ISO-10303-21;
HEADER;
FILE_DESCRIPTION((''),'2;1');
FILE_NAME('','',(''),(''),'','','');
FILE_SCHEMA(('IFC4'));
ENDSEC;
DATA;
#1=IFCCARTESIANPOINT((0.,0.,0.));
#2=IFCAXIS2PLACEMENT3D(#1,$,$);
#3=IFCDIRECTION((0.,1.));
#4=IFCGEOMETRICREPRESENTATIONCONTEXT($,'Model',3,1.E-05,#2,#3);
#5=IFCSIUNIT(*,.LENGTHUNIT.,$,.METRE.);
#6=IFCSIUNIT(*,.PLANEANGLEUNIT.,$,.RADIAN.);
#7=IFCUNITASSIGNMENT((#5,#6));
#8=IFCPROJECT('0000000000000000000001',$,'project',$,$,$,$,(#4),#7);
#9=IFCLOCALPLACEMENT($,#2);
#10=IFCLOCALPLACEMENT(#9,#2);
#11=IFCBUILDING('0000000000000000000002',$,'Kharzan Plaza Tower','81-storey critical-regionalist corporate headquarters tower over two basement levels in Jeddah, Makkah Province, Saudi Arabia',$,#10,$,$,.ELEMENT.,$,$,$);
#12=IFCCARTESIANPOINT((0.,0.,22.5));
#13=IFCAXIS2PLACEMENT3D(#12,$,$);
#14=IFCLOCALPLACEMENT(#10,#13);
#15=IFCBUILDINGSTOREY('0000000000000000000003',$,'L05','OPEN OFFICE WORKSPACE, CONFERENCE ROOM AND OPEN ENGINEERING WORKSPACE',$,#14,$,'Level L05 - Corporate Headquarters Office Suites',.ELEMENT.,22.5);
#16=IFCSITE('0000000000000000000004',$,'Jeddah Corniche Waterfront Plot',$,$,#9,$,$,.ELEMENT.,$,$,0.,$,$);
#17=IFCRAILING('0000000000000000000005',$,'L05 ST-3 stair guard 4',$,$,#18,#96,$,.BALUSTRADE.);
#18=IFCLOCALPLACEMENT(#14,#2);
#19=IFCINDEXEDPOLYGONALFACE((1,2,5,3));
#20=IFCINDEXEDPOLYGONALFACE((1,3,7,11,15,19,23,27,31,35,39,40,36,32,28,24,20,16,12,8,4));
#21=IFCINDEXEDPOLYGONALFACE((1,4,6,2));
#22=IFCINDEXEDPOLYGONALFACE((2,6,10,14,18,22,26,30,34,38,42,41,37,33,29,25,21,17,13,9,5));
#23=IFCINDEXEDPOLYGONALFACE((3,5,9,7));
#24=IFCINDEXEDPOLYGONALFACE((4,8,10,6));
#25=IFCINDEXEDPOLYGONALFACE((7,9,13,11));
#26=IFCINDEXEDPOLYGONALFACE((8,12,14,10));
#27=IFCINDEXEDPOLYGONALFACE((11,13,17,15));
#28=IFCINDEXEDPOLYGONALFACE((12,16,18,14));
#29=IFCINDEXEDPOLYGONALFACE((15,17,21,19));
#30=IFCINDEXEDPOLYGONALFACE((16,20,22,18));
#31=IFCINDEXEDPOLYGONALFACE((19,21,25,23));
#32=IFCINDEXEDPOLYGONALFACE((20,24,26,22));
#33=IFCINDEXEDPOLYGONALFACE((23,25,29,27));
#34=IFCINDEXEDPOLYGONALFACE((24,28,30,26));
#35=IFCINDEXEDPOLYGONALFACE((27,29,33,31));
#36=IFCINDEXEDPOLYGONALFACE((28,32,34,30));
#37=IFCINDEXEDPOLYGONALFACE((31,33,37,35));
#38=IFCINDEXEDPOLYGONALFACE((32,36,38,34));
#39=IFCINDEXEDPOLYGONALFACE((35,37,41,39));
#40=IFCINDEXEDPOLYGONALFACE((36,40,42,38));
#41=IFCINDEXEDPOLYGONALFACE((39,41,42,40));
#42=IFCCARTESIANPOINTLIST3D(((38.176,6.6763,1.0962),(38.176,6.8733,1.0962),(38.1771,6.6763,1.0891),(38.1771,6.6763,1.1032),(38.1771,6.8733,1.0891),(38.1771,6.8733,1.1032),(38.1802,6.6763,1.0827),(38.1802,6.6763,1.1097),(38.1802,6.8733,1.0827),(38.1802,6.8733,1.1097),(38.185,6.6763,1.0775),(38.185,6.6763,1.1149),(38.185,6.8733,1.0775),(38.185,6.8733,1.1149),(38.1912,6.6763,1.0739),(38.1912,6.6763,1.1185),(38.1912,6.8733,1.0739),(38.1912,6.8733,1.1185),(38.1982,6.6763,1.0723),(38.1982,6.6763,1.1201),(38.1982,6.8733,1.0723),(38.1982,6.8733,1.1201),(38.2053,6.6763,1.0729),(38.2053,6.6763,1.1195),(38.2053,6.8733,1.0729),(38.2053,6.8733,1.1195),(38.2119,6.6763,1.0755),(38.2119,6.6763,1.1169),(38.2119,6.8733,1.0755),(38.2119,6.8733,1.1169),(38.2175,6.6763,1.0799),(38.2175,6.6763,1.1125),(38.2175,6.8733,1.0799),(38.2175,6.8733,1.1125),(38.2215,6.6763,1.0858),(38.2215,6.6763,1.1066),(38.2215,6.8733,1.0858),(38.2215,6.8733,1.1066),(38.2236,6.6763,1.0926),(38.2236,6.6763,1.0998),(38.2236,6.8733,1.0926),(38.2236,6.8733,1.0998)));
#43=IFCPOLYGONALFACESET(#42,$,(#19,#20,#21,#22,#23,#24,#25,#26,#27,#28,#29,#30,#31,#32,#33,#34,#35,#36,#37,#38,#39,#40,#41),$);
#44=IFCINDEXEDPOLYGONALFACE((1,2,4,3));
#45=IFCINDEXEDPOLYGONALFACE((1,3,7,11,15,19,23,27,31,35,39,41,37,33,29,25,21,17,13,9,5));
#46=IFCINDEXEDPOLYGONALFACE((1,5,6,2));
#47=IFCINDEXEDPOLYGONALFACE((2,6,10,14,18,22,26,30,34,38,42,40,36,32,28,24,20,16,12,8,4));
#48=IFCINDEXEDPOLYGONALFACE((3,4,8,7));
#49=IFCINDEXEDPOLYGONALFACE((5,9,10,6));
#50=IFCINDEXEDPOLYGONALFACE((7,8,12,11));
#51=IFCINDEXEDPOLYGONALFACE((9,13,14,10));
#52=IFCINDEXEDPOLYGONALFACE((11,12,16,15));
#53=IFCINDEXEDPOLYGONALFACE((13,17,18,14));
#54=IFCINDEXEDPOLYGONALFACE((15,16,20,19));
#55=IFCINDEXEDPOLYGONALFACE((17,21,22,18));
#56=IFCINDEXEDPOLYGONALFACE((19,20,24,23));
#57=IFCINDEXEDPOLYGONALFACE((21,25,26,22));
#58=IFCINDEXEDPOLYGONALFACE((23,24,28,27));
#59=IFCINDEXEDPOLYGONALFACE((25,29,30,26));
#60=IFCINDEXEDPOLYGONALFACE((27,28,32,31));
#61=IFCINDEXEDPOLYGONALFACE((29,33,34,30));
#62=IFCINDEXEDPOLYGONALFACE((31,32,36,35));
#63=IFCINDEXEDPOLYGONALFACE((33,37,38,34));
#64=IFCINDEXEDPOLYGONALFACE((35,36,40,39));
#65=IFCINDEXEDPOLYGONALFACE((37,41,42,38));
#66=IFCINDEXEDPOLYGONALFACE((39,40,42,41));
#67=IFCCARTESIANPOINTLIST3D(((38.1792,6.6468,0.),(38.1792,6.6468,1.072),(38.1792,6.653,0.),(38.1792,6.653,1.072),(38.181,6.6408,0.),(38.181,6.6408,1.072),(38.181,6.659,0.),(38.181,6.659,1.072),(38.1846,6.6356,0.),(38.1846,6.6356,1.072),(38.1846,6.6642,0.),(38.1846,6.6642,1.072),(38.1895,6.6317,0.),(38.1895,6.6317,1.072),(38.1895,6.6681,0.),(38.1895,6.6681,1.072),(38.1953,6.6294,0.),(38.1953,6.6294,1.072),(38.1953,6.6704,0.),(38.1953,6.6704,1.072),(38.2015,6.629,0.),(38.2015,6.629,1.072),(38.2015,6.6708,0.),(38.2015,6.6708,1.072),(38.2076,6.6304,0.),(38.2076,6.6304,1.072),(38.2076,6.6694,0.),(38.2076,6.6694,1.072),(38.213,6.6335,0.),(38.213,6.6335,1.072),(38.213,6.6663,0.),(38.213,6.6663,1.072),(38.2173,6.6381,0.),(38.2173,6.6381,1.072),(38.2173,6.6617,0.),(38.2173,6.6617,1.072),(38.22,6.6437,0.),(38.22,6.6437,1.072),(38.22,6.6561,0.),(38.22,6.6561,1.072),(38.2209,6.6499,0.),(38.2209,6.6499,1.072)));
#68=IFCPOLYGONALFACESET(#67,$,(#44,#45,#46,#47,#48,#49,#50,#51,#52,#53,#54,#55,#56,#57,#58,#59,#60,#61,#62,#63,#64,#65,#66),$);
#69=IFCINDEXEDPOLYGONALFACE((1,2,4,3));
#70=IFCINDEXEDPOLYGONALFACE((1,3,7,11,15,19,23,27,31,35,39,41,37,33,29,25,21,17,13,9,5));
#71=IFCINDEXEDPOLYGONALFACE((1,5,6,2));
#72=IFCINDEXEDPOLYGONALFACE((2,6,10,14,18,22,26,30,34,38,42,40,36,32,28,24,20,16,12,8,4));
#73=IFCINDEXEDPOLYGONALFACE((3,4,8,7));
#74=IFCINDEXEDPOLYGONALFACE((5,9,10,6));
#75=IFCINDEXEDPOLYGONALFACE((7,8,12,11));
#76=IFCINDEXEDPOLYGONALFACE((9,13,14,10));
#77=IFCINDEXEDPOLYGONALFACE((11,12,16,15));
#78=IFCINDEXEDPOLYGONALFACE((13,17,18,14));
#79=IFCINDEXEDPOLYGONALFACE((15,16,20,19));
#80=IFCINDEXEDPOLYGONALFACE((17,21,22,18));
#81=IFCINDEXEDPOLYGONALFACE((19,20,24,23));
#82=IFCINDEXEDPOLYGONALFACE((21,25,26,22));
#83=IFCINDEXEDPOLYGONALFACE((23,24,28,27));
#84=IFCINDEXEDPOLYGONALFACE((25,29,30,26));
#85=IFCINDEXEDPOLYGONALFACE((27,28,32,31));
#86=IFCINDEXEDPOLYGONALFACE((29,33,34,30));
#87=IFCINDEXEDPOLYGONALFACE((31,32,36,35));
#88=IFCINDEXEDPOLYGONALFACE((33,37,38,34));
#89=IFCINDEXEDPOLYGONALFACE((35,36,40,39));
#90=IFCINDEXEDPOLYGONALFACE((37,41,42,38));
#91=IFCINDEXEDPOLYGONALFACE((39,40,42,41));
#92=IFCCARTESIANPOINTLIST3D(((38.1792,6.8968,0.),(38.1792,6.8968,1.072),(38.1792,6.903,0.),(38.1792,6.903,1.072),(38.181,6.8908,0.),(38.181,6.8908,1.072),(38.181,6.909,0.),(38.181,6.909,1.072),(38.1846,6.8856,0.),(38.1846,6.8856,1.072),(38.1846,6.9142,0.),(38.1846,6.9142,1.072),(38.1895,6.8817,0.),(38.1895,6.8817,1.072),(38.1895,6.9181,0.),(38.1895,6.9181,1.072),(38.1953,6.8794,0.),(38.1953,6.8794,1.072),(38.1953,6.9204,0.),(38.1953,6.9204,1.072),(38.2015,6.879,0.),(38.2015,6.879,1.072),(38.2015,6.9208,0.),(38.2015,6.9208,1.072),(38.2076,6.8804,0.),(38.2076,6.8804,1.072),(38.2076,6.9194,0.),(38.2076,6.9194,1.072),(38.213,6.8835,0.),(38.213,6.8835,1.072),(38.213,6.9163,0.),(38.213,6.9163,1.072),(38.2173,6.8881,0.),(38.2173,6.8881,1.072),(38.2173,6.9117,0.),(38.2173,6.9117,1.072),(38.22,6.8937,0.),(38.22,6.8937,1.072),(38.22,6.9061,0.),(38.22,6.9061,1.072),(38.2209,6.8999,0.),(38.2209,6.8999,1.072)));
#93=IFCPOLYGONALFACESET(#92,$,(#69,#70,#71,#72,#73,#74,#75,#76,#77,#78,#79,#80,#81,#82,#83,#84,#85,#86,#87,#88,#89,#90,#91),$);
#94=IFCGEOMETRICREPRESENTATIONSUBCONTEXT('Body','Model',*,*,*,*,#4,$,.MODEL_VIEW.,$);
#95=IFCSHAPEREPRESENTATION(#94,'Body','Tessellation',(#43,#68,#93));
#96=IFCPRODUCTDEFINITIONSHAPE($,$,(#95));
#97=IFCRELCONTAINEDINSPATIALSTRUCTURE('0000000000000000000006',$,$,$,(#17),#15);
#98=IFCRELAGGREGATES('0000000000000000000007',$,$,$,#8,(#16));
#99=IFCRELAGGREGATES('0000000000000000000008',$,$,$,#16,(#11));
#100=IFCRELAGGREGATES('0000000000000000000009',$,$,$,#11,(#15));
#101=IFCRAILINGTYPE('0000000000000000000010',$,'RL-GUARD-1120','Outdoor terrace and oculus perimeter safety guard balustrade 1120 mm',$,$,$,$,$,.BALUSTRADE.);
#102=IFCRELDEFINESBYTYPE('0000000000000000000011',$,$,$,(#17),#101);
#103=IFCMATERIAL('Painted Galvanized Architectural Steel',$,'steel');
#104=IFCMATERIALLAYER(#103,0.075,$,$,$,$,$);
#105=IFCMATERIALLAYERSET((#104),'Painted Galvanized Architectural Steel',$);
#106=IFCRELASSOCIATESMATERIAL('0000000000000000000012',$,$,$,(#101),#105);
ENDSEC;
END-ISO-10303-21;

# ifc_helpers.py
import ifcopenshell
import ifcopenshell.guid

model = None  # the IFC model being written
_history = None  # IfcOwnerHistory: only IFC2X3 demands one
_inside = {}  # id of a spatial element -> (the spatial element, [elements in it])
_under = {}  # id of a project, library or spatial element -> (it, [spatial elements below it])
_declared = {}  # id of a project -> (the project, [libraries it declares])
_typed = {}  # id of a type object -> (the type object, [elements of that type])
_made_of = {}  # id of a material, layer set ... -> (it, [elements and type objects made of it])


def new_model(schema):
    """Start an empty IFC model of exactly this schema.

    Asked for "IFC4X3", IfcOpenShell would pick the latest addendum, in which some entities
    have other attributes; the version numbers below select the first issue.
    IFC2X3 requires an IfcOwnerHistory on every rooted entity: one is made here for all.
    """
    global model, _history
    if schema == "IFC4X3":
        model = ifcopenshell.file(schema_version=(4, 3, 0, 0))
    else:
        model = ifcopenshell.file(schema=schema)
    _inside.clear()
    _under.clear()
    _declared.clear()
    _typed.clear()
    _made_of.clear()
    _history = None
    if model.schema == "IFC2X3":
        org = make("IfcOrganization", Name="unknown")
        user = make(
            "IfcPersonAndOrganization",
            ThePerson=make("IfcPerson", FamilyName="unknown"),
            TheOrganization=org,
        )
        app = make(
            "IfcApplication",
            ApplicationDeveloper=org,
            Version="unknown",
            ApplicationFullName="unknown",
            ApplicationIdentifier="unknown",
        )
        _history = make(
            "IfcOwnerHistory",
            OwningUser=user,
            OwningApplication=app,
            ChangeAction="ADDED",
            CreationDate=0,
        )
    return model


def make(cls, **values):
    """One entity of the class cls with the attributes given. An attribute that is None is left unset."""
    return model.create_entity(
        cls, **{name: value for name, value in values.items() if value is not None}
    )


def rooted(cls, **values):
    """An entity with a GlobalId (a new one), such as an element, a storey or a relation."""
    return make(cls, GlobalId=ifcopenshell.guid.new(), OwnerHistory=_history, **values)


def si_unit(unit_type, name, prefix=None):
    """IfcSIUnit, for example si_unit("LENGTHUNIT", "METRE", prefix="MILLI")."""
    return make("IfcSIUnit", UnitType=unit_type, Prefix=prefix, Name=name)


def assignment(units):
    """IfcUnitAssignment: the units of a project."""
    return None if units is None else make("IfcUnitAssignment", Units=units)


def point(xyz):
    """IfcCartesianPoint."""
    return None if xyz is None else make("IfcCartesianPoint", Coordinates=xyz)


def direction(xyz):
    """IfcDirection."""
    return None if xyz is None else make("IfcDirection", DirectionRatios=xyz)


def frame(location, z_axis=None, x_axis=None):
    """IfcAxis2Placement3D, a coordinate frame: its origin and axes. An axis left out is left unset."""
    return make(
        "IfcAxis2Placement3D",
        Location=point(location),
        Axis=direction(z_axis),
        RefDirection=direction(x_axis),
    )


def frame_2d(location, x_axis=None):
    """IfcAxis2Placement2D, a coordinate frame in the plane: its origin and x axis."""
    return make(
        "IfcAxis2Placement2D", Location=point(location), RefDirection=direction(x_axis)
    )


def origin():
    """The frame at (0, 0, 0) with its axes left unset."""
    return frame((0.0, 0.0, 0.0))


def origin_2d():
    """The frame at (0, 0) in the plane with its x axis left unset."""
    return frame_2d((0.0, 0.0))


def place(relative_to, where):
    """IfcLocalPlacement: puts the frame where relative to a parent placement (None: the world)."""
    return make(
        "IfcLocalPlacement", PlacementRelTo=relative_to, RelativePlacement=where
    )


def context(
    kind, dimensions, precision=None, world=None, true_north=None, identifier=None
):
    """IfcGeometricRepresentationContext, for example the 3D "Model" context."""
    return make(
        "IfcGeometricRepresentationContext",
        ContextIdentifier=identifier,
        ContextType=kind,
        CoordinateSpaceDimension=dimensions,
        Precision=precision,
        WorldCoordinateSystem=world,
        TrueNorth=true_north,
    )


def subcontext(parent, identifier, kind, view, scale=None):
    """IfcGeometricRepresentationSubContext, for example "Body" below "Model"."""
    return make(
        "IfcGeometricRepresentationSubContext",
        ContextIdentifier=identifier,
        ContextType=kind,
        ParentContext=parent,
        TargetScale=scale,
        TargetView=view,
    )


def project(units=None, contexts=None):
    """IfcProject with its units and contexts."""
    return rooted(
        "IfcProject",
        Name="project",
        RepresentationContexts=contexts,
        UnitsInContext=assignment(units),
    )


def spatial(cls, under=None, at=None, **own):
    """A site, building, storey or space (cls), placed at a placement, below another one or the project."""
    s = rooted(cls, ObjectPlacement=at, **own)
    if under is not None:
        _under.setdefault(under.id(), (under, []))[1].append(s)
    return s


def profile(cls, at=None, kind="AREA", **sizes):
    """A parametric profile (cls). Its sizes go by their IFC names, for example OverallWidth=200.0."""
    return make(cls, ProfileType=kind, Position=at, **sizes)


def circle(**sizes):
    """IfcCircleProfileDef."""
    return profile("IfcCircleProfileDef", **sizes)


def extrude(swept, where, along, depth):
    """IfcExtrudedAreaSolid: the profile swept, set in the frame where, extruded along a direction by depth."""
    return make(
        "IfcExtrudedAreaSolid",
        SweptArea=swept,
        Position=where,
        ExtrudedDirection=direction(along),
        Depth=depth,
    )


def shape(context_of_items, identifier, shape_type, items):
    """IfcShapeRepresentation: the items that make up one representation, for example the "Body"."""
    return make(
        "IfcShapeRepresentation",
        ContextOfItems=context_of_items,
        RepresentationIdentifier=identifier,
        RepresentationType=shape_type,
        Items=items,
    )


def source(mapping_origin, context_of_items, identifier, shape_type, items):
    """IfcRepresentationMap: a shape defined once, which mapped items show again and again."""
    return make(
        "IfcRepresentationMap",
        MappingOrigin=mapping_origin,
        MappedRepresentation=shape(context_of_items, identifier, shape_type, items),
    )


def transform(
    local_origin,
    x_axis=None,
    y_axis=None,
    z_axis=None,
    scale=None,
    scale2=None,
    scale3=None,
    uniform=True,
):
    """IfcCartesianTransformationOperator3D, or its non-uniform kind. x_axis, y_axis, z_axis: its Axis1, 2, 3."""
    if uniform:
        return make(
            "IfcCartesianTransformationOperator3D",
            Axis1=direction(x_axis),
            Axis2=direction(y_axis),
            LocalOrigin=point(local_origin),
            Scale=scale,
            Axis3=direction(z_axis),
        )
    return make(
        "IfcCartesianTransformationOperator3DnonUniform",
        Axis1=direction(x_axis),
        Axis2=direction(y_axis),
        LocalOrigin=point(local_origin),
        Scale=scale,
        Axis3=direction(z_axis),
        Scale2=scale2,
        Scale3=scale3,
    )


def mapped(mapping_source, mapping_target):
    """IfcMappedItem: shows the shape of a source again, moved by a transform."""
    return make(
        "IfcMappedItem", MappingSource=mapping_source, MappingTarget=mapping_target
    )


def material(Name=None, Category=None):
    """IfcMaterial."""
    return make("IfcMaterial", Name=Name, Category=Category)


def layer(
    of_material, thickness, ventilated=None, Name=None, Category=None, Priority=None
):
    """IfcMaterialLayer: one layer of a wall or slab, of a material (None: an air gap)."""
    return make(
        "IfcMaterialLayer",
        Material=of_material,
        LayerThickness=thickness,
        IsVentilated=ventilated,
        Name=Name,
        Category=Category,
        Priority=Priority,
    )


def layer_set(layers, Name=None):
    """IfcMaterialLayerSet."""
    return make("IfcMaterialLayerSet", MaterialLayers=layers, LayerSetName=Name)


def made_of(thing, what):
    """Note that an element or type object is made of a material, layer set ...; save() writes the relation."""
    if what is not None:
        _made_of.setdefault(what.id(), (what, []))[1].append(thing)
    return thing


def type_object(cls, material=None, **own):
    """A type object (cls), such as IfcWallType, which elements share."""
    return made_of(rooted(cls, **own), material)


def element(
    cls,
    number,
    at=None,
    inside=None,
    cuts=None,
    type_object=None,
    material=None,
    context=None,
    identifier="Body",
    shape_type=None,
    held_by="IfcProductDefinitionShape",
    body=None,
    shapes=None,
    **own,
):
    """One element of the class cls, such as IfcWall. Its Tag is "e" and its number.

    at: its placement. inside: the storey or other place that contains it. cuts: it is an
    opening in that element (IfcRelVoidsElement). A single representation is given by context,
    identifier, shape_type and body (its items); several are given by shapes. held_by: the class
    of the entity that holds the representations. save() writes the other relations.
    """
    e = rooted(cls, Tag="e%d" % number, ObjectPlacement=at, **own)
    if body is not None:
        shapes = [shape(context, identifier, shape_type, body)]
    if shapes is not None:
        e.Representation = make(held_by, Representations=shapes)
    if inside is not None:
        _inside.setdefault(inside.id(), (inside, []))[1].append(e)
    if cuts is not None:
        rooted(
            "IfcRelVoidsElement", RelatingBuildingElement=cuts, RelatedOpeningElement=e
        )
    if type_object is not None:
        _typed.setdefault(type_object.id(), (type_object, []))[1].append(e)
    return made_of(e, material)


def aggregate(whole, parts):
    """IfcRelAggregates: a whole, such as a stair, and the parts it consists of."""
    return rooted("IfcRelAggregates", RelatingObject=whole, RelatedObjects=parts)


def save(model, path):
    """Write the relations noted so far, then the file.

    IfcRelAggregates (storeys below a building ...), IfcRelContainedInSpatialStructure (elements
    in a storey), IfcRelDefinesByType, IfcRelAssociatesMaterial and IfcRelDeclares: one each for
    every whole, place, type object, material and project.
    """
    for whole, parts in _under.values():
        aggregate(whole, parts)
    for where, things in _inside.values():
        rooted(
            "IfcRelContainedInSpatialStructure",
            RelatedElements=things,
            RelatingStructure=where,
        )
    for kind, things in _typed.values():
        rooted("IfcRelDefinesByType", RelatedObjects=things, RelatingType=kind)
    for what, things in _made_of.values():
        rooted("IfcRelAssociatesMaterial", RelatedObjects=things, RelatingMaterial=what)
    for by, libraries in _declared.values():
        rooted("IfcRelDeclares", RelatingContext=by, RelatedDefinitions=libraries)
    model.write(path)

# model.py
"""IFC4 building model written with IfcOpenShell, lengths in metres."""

from ifc_helpers import new_model, si_unit, direction, frame, origin, origin_2d, place, context, subcontext, project, spatial, circle, extrude, source, transform, mapped, material, layer, layer_set, type_object, element, save


model = new_model("IFC4")

# Units and contexts
model_context = context("Model", 3, precision=1e-05, world=origin(), true_north=direction((0.0, 1.0)))
body_context = subcontext(model_context, "Body", "Model", "MODEL_VIEW")
ifc_project = project(units=[si_unit("LENGTHUNIT", "METRE"), si_unit("PLANEANGLEUNIT", "RADIAN")], contexts=[model_context])

# Site, building, storey
site_placement = place(None, origin())
site = spatial("IfcSite", under=ifc_project, at=site_placement, Name="Jeddah Corniche Waterfront Plot", CompositionType="ELEMENT", RefElevation=0.0)
building_placement = place(site_placement, origin())
building = spatial("IfcBuilding", under=site, at=building_placement, Name="Kharzan Plaza Tower", Description="81-storey critical-regionalist corporate headquarters tower over two basement levels in Jeddah, Makkah Province, Saudi Arabia", CompositionType="ELEMENT")
storey_placement = place(building_placement, frame((0.0, 0.0, 22.5)))
storey = spatial("IfcBuildingStorey", under=building, at=storey_placement, Name="L05", Description="OPEN OFFICE WORKSPACE, CONFERENCE ROOM AND OPEN ENGINEERING WORKSPACE", LongName="Level L05 - Corporate Headquarters Office Suites", CompositionType="ELEMENT", Elevation=22.5)

# Railing
ifc_material_1 = material(Name="Painted Galvanized Architectural Steel", Category="steel")
ifc_layer_1 = layer(ifc_material_1, 0.075)
ifc_layer_set_1 = layer_set([ifc_layer_1], Name="Painted Galvanized Architectural Steel")
railing_type_1 = type_object("IfcRailingType", Name="RL-GUARD-1120", Description="Outdoor terrace and oculus perimeter safety guard balustrade 1120 mm", PredefinedType="BALUSTRADE", material=ifc_layer_set_1)
shared_shape_1 = source(origin(), body_context, "Body", "SweptSolid", [
    extrude(circle(Radius=0.0239, at=origin_2d()), frame((0.0, 0.0264, 1.0962), z_axis=(0.0, 1.0, 0.0), x_axis=(-1.0, 0.0, 0.0)), (0.0, 0.0, 1.0), 0.197),
    extrude(circle(Radius=0.021, at=origin_2d()), origin(), (0.0, 0.0, 1.0), 1.072),
    extrude(circle(Radius=0.021, at=origin_2d()), frame((0.0, 0.25, 0.0)), (0.0, 0.0, 1.0), 1.072),
])
for number, where, name in (
    (1, (38.2, 6.6499, 0.0), "L05 ST-3 stair guard 4"),
):
    element("IfcRailing", number, at=place(storey_placement, frame(where)), inside=storey, type_object=railing_type_1, Name=name, PredefinedType="BALUSTRADE", context=body_context, shape_type="MappedRepresentation", body=[
        mapped(shared_shape_1, transform((0.0, 0.0, 0.0), x_axis=(1.0, 0.0, 0.0), y_axis=(0.0, 1.0, 0.0), z_axis=(0.0, 0.0, 1.0))),
    ])

save(model, "model.ifc")
